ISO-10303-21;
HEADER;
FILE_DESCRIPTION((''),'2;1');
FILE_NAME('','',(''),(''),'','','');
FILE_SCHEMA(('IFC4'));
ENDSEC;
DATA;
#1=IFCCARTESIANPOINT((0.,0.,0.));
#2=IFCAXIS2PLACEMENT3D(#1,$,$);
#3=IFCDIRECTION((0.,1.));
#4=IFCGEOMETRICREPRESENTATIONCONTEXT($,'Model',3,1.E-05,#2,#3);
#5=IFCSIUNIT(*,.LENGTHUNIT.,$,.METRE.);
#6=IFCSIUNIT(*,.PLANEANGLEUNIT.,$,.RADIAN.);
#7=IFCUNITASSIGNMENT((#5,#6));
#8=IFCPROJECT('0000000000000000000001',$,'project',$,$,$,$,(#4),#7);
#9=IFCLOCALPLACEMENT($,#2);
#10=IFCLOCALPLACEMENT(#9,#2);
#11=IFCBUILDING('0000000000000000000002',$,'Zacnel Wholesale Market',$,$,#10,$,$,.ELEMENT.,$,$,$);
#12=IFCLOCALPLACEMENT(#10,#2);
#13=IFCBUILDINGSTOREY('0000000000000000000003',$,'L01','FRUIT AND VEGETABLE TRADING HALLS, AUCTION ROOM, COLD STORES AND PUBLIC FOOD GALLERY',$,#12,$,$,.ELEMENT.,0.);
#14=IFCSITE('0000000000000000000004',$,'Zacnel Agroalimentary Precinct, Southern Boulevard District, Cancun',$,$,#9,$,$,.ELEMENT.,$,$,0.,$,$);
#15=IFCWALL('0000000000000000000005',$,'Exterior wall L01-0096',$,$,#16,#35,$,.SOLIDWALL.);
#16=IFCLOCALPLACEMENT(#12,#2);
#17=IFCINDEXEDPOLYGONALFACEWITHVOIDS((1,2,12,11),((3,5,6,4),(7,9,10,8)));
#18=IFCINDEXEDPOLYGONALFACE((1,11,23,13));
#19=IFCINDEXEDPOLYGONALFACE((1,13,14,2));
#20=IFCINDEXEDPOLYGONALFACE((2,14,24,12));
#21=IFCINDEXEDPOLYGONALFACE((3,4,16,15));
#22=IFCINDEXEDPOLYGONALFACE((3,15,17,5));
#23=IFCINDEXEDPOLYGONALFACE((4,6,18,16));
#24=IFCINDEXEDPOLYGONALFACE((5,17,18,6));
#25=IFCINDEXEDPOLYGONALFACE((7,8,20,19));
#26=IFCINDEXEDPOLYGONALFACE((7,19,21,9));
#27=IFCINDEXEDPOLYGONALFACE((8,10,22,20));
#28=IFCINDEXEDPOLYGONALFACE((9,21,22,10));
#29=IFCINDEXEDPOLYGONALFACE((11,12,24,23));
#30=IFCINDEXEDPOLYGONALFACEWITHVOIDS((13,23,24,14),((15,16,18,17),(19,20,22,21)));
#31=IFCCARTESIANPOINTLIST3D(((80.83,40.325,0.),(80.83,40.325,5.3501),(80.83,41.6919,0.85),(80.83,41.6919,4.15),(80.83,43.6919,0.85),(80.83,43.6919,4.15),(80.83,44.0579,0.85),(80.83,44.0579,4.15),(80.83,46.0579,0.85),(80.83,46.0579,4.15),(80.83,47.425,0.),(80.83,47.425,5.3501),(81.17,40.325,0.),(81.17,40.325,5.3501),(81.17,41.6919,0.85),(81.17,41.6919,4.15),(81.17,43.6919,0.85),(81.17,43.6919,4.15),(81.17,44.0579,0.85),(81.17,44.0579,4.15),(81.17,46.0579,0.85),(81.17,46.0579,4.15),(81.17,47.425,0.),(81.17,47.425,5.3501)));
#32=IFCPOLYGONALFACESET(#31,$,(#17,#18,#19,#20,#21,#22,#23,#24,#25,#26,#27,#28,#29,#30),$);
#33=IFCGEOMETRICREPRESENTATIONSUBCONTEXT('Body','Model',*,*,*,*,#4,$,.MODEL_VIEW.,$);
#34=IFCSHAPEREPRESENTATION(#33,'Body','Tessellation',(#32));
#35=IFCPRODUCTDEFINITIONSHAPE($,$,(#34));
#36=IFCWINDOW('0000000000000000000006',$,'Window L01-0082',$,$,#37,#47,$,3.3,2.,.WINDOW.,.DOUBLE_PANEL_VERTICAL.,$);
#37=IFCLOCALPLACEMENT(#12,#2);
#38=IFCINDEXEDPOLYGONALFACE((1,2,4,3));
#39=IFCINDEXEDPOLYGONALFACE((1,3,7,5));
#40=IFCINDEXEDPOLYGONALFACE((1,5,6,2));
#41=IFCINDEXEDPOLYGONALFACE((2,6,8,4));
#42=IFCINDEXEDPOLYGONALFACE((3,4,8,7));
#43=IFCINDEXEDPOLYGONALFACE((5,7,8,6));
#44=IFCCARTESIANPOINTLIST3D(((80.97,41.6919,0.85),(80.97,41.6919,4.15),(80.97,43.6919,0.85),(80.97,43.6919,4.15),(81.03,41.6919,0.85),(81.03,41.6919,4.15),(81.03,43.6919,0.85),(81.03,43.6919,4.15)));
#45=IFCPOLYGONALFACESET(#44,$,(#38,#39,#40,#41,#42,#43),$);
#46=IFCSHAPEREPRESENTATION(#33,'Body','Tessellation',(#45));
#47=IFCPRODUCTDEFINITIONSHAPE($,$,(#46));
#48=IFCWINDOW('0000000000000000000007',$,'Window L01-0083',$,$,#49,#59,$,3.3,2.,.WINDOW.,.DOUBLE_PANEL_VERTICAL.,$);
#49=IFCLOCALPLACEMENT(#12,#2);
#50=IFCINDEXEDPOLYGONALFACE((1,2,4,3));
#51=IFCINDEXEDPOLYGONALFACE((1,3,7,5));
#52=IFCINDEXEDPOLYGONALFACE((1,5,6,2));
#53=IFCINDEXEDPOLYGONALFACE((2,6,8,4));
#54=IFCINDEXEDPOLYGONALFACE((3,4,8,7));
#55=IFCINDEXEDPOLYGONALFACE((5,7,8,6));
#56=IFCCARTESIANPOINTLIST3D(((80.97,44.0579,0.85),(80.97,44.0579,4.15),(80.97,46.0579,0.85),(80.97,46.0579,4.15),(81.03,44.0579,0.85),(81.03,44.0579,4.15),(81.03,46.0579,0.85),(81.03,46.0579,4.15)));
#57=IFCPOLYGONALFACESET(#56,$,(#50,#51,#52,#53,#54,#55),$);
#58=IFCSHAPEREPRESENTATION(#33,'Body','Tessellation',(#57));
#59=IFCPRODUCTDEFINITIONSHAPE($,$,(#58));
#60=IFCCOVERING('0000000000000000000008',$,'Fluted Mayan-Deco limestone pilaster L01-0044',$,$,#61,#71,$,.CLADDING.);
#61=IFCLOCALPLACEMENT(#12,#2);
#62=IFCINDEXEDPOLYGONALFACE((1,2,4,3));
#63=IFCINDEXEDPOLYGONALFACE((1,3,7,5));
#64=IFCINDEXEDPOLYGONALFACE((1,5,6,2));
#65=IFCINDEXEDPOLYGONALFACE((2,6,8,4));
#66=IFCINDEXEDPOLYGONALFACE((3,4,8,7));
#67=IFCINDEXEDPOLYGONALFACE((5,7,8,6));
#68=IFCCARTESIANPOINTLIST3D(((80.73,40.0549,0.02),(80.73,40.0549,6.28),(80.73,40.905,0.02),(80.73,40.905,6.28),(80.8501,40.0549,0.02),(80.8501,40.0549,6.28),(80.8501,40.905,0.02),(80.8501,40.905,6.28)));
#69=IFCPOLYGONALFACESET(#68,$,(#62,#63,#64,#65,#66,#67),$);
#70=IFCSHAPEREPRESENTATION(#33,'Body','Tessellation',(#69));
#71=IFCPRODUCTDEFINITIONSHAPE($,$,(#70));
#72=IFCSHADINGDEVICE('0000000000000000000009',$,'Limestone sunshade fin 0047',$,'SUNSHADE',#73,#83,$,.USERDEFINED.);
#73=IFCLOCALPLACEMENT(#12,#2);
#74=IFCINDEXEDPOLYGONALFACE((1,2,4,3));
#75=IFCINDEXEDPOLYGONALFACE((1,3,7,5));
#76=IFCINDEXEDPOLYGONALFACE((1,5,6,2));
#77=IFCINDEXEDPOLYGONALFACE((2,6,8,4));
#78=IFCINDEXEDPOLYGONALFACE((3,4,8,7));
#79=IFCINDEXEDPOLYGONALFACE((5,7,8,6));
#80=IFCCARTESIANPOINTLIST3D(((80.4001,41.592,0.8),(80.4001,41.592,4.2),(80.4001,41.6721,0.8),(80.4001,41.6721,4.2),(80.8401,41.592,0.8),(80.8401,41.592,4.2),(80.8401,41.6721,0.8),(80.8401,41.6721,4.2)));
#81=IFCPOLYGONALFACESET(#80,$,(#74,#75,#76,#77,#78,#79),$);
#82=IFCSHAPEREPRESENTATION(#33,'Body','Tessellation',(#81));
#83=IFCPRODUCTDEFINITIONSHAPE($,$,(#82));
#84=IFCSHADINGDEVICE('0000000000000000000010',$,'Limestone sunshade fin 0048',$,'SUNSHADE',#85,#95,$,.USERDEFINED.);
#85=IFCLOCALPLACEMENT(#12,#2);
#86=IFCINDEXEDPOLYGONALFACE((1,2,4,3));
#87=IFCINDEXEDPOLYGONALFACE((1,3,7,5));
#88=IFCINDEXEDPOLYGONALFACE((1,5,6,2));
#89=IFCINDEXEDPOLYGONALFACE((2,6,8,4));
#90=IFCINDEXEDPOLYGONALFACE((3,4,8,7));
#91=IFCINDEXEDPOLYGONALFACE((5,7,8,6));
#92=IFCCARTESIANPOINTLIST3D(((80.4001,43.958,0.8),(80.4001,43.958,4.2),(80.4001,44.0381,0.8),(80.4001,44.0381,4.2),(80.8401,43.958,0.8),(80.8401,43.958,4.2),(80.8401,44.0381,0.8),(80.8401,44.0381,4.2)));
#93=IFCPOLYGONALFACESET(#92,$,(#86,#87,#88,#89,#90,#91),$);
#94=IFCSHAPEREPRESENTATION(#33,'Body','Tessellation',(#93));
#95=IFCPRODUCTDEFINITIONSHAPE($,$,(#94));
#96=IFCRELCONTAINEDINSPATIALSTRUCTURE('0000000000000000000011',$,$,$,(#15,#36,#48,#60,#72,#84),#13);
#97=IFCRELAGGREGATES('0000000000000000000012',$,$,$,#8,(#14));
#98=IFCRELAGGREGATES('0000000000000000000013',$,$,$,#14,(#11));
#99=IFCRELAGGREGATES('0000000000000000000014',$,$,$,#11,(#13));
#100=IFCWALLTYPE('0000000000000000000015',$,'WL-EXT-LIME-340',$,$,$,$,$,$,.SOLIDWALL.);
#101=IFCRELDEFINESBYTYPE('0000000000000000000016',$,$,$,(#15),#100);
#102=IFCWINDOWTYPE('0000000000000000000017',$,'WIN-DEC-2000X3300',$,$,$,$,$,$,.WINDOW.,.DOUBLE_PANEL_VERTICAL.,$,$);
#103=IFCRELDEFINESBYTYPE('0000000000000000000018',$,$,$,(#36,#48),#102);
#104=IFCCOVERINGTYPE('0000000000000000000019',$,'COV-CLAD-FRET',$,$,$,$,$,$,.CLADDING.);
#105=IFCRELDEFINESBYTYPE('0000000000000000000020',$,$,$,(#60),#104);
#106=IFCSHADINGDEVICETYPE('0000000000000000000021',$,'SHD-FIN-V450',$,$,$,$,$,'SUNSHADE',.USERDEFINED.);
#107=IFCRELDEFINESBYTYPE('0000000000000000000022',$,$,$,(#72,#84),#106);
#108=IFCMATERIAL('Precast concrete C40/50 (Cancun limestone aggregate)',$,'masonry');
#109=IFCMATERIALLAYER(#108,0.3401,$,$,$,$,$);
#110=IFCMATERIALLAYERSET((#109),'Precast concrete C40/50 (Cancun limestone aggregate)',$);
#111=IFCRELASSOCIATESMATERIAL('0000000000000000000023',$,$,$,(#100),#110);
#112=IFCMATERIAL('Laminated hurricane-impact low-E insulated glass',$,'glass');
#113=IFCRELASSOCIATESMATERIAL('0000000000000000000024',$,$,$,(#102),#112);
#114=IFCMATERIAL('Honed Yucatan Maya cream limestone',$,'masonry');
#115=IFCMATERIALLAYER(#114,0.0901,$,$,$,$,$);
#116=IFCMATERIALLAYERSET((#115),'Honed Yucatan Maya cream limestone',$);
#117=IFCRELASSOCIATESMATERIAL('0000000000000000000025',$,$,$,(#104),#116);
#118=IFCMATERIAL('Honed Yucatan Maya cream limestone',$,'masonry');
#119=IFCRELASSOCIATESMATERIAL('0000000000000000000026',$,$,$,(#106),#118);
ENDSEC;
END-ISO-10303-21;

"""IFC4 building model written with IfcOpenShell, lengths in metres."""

from ifc_helpers import new_model, si_unit, direction, frame, frame_2d, origin, origin_2d, place, context, subcontext, project, spatial, rectangle, extrude, material, layer, layer_set, type_object, element, fill, save


model = new_model("IFC4")

# Units and contexts
model_context = context("Model", 3, precision=1e-05, world=origin(), true_north=direction((0.0, 1.0)))
body_context = subcontext(model_context, "Body", "Model", "MODEL_VIEW")
ifc_project = project(units=[si_unit("LENGTHUNIT", "METRE"), si_unit("PLANEANGLEUNIT", "RADIAN")], contexts=[model_context])

# Site, building, storey
site_placement = place(None, origin())
site = spatial("IfcSite", under=ifc_project, at=site_placement, Name="Zacnel Agroalimentary Precinct, Southern Boulevard District, Cancun", CompositionType="ELEMENT", RefElevation=0.0)
building_placement = place(site_placement, origin())
building = spatial("IfcBuilding", under=site, at=building_placement, Name="Zacnel Wholesale Market", CompositionType="ELEMENT")
storey_placement = place(building_placement, origin())
storey = spatial("IfcBuildingStorey", under=building, at=storey_placement, Name="L01", Description="FRUIT AND VEGETABLE TRADING HALLS, AUCTION ROOM, COLD STORES AND PUBLIC FOOD GALLERY", CompositionType="ELEMENT", Elevation=0.0)

# Wall, openings, windows
ifc_material_1 = material(Name="Precast concrete C40/50 (Cancun limestone aggregate)", Category="masonry")
ifc_layer_1 = layer(ifc_material_1, 0.3401)
ifc_layer_set_1 = layer_set([ifc_layer_1], Name="Precast concrete C40/50 (Cancun limestone aggregate)")
wall_type = type_object("IfcWallType", Name="WL-EXT-LIME-340", PredefinedType="SOLIDWALL", material=ifc_layer_set_1)
wall_1_placement = place(storey_placement, frame((81.0, 40.325, 0.0), z_axis=(0.0, 0.0, 1.0), x_axis=(0.0, 1.0, 0.0)))
wall_1 = element("IfcWall", 1, at=wall_1_placement, inside=storey, type_object=wall_type, Name="Exterior wall L01-0096", PredefinedType="SOLIDWALL", context=body_context, shape_type="SweptSolid", body=[
    extrude(rectangle(XDim=7.1001, YDim=0.3401, at=frame_2d((3.55, 0.0))), origin(), (0.0, 0.0, 1.0), 5.3501),
])
opening_1_placement = place(wall_1_placement, frame((1.3669, 0.0, 0.8501)))
opening_1 = element("IfcOpeningElement", 2, at=opening_1_placement, cuts=wall_1, PredefinedType="OPENING", context=body_context, shape_type="SweptSolid", body=[
    extrude(rectangle(XDim=2.0, YDim=3.3, at=frame_2d((1.0, 1.6499))), frame((0.0, 0.1799, 0.0), z_axis=(0.0, -1.0, 0.0), x_axis=(1.0, 0.0, 0.0)), (0.0, 0.0, 1.0), 0.3601),
])
opening_2_placement = place(wall_1_placement, frame((3.7329, 0.0, 0.8501)))
opening_2 = element("IfcOpeningElement", 3, at=opening_2_placement, cuts=wall_1, PredefinedType="OPENING", context=body_context, shape_type="SweptSolid", body=[
    extrude(rectangle(XDim=2.0, YDim=3.3, at=frame_2d((1.0, 1.6499))), frame((0.0, 0.1799, 0.0), z_axis=(0.0, -1.0, 0.0), x_axis=(1.0, 0.0, 0.0)), (0.0, 0.0, 1.0), 0.3601),
])
ifc_material_2 = material(Name="Laminated hurricane-impact low-E insulated glass", Category="glass")
window_type_1 = type_object("IfcWindowType", Name="WIN-DEC-2000X3300", PartitioningType="DOUBLE_PANEL_VERTICAL", PredefinedType="WINDOW", material=ifc_material_2)
window_1_placement = place(opening_1_placement, origin())
window_1 = element("IfcWindow", 4, at=window_1_placement, inside=storey, type_object=window_type_1, Name="Window L01-0082", OverallHeight=3.3, OverallWidth=2.0, PartitioningType="DOUBLE_PANEL_VERTICAL", PredefinedType="WINDOW", context=body_context, shape_type="SweptSolid", body=[
    extrude(rectangle(XDim=2.0, YDim=3.3, at=frame_2d((1.0, 1.6499))), frame((0.0, 0.03, 0.0), z_axis=(0.0, -1.0, 0.0), x_axis=(1.0, 0.0, 0.0)), (0.0, 0.0, 1.0), 0.0601),
])
fill(opening_1, window_1)
window_2_placement = place(opening_2_placement, origin())
window_2 = element("IfcWindow", 5, at=window_2_placement, inside=storey, type_object=window_type_1, Name="Window L01-0083", OverallHeight=3.3, OverallWidth=2.0, PartitioningType="DOUBLE_PANEL_VERTICAL", PredefinedType="WINDOW", context=body_context, shape_type="SweptSolid", body=[
    extrude(rectangle(XDim=2.0, YDim=3.3, at=frame_2d((1.0, 1.6499))), frame((0.0, 0.03, 0.0), z_axis=(0.0, -1.0, 0.0), x_axis=(1.0, 0.0, 0.0)), (0.0, 0.0, 1.0), 0.0601),
])
fill(opening_2, window_2)

# Covering
ifc_material_3 = material(Name="Honed Yucatan Maya cream limestone", Category="masonry")
ifc_layer_2 = layer(ifc_material_3, 0.0901)
ifc_layer_set_2 = layer_set([ifc_layer_2], Name="Honed Yucatan Maya cream limestone")
covering_type = type_object("IfcCoveringType", Name="COV-CLAD-FRET", PredefinedType="CLADDING", material=ifc_layer_set_2)
covering_placement = place(storey_placement, frame((80.79, 40.48, 0.02), z_axis=(0.0, 0.0, 1.0), x_axis=(0.0, 1.0, 0.0)))
element("IfcCovering", 6, at=covering_placement, inside=storey, type_object=covering_type, Name="Fluted Mayan-Deco limestone pilaster L01-0044", PredefinedType="CLADDING", context=body_context, shape_type="SweptSolid", body=[
    extrude(rectangle(XDim=0.8501, YDim=0.1201, at=origin_2d()), origin(), (0.0, 0.0, 1.0), 6.26),
])

# Shading devices
ifc_material_4 = material(Name="Honed Yucatan Maya cream limestone", Category="masonry")
shading_device_type = type_object("IfcShadingDeviceType", Name="SHD-FIN-V450", ElementType="SUNSHADE", PredefinedType="USERDEFINED", material=ifc_material_4)
for number, where, z_axis, x_axis, name in (
    (7, (80.6201, 41.6321, 0.8), (0.0, 0.0, 1.0), (0.0, 1.0, 0.0), "Limestone sunshade fin 0047"),
    (8, (80.6201, 43.998, 0.8), (0.0, 0.0, 1.0), (0.0, 1.0, 0.0), "Limestone sunshade fin 0048"),
):
    element("IfcShadingDevice", number, at=place(storey_placement, frame(where, z_axis=z_axis, x_axis=x_axis)), inside=storey, type_object=shading_device_type, Name=name, ObjectType="SUNSHADE", PredefinedType="USERDEFINED", context=body_context, shape_type="SweptSolid", body=[
        extrude(rectangle(XDim=0.0801, YDim=0.4399, at=origin_2d()), origin(), (0.0, 0.0, 1.0), 3.3999),
    ])

save(model, "model.ifc")
